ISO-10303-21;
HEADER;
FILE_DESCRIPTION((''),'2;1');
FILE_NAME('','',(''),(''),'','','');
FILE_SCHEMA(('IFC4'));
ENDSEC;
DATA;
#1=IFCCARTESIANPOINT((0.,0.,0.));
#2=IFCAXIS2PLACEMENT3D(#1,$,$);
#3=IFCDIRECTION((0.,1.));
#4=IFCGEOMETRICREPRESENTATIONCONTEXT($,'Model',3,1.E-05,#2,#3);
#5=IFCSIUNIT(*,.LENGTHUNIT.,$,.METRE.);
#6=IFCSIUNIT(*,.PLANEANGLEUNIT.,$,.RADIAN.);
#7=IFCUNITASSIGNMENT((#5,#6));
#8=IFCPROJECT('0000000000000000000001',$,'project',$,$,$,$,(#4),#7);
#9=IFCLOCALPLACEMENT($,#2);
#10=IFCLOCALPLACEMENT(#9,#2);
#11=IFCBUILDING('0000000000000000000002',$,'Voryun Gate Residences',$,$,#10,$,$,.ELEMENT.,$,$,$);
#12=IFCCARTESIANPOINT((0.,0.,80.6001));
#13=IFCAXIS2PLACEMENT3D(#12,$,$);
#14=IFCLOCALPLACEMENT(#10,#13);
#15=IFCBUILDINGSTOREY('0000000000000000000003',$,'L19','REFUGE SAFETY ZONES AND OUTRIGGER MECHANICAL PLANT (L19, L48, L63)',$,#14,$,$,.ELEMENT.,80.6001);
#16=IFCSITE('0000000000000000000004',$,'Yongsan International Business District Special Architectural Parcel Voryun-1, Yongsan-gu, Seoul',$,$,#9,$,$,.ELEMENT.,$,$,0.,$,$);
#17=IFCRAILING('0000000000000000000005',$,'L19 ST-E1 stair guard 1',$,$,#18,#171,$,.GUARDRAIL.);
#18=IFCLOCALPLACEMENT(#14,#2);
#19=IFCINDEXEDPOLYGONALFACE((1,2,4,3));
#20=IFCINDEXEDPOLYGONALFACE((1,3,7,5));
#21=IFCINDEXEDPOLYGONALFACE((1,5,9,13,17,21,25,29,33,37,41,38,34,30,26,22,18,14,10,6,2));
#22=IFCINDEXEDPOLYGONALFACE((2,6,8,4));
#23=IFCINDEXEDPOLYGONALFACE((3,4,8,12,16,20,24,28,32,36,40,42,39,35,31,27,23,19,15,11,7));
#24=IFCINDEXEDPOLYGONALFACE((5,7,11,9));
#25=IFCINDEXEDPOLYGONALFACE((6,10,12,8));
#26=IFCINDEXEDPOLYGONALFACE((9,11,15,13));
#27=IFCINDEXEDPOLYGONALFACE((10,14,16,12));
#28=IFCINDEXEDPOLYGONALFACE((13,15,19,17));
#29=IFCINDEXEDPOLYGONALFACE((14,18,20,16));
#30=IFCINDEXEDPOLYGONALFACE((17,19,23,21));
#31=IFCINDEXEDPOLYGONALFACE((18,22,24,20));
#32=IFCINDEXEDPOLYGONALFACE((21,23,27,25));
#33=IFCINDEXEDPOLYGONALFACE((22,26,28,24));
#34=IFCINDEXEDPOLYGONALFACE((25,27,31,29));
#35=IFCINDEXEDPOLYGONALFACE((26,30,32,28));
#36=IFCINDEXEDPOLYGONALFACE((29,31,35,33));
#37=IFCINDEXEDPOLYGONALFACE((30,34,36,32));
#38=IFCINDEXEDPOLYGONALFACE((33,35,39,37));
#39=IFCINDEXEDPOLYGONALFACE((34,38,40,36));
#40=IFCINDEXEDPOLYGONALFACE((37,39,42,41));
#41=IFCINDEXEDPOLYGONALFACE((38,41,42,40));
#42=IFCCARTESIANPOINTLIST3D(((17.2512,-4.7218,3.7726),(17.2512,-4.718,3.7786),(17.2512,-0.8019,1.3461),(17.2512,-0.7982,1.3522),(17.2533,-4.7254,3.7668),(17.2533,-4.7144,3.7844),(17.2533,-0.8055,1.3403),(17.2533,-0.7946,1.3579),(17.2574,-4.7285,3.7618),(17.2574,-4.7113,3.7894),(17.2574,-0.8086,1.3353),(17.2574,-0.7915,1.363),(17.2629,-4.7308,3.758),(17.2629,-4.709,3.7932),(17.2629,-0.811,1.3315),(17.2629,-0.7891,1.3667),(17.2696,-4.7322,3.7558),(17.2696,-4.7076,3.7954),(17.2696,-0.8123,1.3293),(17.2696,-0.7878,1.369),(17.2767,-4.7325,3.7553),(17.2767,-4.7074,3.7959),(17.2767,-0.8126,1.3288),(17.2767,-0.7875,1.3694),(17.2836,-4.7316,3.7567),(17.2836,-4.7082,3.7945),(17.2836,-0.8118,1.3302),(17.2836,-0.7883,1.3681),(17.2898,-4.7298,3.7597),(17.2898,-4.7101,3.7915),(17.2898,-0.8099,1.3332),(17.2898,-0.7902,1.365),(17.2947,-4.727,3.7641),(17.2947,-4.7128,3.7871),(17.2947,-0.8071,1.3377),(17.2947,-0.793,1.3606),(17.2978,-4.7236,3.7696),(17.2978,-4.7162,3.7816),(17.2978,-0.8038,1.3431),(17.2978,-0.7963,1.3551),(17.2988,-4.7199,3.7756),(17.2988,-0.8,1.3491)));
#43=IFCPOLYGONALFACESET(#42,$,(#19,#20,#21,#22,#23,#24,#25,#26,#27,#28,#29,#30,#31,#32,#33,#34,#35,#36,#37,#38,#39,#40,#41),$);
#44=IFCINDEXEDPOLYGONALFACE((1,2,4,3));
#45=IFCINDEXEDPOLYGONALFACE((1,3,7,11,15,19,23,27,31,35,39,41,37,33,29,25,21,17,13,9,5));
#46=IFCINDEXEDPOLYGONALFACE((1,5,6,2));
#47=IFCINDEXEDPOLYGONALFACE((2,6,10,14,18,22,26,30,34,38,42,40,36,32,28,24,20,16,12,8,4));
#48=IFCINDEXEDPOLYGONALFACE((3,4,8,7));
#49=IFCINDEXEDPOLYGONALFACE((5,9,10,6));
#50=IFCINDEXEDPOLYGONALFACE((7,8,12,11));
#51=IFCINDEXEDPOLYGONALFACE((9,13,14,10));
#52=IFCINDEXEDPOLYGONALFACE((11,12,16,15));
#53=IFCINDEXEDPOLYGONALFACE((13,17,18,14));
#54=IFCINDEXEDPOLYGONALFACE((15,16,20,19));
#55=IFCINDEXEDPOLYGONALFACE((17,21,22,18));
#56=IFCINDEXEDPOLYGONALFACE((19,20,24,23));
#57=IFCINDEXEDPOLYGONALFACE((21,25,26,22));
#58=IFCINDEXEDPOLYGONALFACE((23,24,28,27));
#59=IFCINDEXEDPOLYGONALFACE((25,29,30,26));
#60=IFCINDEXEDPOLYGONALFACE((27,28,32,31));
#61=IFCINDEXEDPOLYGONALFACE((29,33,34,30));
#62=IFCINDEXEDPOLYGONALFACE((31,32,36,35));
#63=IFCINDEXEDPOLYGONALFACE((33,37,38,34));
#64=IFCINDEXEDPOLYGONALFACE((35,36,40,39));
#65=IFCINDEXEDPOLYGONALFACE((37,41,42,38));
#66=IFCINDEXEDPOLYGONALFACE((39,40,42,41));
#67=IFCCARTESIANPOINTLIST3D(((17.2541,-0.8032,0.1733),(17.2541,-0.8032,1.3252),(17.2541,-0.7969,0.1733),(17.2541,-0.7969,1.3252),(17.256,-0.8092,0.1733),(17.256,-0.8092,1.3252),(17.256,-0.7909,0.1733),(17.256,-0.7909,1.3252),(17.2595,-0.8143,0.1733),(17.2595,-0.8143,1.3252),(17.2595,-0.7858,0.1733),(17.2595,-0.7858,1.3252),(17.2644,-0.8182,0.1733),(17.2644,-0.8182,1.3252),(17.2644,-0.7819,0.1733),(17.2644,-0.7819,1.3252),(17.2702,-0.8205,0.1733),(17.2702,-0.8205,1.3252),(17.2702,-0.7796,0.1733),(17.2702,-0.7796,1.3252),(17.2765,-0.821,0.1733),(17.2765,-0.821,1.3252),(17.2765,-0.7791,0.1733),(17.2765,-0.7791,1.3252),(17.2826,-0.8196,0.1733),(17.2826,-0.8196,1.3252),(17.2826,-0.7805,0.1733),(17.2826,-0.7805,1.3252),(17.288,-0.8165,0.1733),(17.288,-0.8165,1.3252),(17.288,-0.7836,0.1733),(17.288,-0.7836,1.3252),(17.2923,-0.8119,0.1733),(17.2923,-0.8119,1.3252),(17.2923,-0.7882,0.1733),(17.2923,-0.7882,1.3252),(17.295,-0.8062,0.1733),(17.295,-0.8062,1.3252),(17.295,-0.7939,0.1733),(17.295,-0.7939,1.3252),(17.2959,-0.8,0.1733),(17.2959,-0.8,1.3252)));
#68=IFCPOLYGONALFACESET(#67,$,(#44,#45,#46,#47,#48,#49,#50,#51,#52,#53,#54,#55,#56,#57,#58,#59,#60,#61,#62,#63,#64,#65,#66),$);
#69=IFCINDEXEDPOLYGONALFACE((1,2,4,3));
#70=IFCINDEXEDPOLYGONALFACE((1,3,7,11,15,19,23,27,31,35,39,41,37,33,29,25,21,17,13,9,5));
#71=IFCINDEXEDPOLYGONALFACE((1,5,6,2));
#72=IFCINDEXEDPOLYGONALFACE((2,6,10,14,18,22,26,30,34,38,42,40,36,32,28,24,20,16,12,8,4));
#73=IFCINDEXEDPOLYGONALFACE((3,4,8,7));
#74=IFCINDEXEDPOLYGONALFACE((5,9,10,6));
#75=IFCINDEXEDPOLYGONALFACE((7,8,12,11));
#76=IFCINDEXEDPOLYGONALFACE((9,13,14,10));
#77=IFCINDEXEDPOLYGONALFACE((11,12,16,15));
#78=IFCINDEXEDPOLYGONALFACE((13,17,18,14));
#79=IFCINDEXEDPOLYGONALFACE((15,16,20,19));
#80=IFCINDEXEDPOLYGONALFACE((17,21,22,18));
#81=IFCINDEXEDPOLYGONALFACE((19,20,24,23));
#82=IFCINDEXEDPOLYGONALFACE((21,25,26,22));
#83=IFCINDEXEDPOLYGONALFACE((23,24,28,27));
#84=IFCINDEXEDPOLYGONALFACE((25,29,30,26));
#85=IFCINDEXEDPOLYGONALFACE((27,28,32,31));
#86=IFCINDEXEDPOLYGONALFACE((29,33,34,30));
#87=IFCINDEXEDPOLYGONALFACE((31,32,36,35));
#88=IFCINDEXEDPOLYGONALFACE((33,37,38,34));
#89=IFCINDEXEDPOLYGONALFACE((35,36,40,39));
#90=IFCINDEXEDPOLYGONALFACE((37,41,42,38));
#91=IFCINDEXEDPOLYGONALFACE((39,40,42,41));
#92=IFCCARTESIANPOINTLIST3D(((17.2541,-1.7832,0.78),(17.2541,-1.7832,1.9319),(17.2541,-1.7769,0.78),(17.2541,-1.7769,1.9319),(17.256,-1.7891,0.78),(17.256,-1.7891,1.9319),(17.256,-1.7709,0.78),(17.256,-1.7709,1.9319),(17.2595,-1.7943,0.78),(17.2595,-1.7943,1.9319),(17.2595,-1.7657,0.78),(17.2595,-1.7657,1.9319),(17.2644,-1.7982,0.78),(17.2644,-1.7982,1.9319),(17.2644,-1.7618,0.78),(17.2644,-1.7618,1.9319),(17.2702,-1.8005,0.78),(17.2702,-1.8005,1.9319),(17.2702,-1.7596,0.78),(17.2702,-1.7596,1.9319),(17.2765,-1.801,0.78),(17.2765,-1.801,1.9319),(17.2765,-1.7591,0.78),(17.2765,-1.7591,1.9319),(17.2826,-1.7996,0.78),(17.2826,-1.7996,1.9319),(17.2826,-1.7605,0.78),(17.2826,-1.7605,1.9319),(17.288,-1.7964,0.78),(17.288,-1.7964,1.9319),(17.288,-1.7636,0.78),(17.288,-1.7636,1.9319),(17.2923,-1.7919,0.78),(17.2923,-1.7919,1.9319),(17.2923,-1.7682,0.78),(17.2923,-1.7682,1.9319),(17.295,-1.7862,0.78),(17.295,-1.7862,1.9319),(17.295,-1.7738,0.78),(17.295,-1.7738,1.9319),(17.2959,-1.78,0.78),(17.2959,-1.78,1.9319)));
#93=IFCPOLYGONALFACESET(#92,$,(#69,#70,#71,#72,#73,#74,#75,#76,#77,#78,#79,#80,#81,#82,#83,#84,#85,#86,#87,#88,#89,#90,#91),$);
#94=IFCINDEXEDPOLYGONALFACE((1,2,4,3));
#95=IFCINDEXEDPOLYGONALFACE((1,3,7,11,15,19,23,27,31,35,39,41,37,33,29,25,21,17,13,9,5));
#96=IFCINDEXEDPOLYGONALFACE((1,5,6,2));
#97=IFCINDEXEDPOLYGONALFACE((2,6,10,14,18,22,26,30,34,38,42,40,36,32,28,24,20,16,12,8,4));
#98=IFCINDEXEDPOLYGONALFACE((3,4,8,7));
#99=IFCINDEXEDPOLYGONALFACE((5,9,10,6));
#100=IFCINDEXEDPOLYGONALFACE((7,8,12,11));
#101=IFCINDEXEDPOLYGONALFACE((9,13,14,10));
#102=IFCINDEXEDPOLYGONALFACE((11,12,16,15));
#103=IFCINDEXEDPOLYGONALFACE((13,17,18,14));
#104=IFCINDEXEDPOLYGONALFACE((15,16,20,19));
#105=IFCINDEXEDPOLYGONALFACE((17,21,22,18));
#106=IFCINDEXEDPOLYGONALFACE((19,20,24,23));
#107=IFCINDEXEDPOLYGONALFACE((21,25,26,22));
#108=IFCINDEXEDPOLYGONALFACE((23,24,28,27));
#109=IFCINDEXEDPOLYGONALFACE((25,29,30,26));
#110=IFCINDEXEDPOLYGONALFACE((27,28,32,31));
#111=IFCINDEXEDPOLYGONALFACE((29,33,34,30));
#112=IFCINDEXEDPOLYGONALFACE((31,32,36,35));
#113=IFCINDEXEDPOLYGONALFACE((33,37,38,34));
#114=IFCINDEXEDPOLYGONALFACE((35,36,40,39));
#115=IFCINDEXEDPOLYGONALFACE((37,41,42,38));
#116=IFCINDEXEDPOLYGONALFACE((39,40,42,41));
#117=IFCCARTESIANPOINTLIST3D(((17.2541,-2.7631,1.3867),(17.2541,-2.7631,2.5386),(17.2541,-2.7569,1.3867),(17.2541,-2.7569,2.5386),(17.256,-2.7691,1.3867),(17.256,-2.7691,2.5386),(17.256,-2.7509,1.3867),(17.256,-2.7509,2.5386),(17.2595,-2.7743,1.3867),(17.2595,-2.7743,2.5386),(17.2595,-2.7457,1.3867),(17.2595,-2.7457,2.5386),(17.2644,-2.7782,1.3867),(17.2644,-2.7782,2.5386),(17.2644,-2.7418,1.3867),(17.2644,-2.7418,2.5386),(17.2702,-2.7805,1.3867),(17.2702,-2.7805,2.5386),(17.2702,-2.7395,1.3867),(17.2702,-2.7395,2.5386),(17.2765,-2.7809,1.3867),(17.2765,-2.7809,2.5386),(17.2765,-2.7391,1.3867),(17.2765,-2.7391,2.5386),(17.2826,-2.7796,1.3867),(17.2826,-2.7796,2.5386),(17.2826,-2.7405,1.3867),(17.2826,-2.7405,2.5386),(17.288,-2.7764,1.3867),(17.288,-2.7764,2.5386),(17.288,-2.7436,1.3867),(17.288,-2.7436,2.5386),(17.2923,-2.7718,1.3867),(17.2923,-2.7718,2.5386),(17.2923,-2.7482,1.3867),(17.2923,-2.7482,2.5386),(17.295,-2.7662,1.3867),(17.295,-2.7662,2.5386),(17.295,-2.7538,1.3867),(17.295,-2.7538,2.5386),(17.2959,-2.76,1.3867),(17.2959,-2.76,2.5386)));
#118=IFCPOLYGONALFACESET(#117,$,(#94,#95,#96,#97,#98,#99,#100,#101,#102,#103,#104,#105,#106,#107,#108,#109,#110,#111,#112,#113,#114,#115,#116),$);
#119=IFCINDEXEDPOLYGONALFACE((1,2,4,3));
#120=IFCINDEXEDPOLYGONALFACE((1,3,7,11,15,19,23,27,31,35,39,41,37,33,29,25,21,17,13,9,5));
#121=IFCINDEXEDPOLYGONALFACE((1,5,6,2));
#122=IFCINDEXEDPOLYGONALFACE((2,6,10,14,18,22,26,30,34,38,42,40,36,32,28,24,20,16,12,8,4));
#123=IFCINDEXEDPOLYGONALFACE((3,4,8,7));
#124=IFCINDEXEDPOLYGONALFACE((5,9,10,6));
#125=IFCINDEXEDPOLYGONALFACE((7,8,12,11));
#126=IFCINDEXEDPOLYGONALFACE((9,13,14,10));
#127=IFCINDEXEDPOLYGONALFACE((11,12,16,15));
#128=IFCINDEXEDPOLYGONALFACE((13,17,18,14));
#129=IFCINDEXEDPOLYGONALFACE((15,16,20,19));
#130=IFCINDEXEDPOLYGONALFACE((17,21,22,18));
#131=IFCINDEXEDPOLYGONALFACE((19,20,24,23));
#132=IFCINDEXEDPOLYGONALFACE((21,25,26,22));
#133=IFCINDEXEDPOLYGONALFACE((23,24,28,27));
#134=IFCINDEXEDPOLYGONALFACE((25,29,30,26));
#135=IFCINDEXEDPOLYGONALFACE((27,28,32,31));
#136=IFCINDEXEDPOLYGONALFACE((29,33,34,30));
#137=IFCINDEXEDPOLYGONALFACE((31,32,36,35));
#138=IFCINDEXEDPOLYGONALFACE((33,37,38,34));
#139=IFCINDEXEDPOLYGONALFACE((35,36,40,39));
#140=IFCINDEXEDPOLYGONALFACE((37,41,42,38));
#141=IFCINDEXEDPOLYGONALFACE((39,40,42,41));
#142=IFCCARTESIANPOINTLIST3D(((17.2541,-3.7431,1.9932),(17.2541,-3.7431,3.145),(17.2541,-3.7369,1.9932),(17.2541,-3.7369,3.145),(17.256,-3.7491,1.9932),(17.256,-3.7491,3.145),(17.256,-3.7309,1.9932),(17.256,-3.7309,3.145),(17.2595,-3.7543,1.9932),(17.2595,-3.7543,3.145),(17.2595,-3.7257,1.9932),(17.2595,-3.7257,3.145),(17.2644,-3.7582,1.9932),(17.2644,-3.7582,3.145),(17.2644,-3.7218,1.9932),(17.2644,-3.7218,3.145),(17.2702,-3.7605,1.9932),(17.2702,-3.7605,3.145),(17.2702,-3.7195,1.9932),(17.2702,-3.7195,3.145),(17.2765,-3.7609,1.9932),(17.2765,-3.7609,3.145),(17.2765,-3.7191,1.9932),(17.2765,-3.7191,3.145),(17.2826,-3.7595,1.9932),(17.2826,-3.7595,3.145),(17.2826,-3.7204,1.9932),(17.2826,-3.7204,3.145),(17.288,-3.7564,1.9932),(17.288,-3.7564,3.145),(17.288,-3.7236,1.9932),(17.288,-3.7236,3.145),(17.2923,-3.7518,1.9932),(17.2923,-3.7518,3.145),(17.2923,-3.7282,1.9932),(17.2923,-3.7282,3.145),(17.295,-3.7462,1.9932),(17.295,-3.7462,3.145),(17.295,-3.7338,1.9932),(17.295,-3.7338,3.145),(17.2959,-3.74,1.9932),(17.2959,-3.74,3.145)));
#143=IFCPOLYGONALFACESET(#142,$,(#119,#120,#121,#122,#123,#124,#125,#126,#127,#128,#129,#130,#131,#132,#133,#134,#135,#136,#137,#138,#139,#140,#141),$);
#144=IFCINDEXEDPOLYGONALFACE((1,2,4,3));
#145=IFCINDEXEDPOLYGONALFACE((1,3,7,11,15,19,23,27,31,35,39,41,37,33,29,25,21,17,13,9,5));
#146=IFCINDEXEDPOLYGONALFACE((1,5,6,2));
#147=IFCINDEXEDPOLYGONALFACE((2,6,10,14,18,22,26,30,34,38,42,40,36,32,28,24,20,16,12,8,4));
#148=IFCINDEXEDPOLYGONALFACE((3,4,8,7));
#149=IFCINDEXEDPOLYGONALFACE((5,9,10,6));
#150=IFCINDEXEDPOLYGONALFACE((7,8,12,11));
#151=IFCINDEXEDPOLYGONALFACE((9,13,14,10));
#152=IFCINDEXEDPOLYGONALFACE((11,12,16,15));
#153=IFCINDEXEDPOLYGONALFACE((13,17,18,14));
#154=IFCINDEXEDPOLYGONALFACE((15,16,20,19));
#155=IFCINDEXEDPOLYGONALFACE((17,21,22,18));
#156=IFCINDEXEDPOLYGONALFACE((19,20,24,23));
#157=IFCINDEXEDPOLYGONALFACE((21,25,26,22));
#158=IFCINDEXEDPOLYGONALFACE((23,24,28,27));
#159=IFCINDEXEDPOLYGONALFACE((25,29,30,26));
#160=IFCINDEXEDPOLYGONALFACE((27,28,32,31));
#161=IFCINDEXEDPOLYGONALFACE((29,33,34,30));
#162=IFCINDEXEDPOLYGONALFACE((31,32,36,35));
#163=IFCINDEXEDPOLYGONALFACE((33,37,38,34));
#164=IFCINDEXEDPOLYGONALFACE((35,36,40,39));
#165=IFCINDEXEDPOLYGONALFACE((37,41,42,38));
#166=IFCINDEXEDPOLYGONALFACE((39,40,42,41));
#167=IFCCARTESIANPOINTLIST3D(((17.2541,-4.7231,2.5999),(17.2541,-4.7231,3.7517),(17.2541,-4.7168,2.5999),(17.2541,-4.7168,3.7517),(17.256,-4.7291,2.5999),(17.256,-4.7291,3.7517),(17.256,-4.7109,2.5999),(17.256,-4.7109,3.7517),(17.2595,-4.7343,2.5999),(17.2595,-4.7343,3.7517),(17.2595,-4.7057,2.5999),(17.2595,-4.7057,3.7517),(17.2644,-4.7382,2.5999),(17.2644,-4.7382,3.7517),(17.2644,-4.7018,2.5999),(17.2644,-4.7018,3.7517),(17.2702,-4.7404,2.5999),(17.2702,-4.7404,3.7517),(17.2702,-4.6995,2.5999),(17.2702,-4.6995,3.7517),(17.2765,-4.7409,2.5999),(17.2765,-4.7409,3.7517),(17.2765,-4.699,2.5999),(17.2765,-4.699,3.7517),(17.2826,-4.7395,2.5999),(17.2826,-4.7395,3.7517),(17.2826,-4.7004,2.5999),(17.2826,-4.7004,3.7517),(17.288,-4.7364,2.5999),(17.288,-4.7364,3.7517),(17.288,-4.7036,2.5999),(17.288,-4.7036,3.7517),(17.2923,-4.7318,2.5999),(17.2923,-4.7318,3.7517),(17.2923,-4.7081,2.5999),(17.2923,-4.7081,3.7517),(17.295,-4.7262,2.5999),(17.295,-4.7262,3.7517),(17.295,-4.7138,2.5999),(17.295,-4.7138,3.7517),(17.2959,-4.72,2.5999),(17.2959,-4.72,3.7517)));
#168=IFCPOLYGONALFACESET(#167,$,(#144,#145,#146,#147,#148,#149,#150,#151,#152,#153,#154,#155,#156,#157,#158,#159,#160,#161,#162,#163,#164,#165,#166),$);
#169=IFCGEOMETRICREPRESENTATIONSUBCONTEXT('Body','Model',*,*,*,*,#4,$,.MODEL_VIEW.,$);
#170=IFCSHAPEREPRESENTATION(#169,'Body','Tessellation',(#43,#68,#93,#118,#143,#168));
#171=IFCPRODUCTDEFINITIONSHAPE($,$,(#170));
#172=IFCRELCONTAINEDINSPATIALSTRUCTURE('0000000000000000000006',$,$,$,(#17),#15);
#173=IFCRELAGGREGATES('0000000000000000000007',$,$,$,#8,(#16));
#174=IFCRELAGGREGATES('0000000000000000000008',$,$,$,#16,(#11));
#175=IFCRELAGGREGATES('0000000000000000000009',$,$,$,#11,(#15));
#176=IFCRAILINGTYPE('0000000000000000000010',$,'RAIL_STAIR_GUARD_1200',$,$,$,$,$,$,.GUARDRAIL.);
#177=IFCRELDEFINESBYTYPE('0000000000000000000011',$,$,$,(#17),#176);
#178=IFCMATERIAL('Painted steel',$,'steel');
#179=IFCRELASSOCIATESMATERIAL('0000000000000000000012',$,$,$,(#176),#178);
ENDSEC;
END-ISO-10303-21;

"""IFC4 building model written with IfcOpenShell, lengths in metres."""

from ifc_helpers import new_model, si_unit, direction, frame, origin, origin_2d, place, context, subcontext, project, spatial, circle, extrude, material, type_object, element, save


model = new_model("IFC4")

# Units and contexts
model_context = context("Model", 3, precision=1e-05, world=origin(), true_north=direction((0.0, 1.0)))
body_context = subcontext(model_context, "Body", "Model", "MODEL_VIEW")
ifc_project = project(units=[si_unit("LENGTHUNIT", "METRE"), si_unit("PLANEANGLEUNIT", "RADIAN")], contexts=[model_context])

# Site, building, storey
site_placement = place(None, origin())
site = spatial("IfcSite", under=ifc_project, at=site_placement, Name="Yongsan International Business District Special Architectural Parcel Voryun-1, Yongsan-gu, Seoul", CompositionType="ELEMENT", RefElevation=0.0)
building_placement = place(site_placement, origin())
building = spatial("IfcBuilding", under=site, at=building_placement, Name="Voryun Gate Residences", CompositionType="ELEMENT")
storey_placement = place(building_placement, frame((0.0, 0.0, 80.6001)))
storey = spatial("IfcBuildingStorey", under=building, at=storey_placement, Name="L19", Description="REFUGE SAFETY ZONES AND OUTRIGGER MECHANICAL PLANT (L19, L48, L63)", CompositionType="ELEMENT", Elevation=80.6001)

# Railing
ifc_material_1 = material(Name="Painted steel", Category="steel")
railing_type_1 = type_object("IfcRailingType", Name="RAIL_STAIR_GUARD_1200", PredefinedType="GUARDRAIL", material=ifc_material_1)
railing_1_placement = place(storey_placement, frame((17.2749, -0.8, 0.1733)))
element("IfcRailing", 1, at=railing_1_placement, inside=storey, type_object=railing_type_1, Name="L19 ST-E1 stair guard 1", PredefinedType="GUARDRAIL", context=body_context, shape_type="SweptSolid", body=[
    extrude(circle(Radius=0.0239, at=origin_2d()), frame((0.0, 0.0, 1.1758), z_axis=(0.0, -0.850275, 0.526338), x_axis=(1.0, 0.0, 0.0)), (0.0, 0.0, 1.0), 4.6101),
    extrude(circle(Radius=0.021, at=origin_2d()), origin(), (0.0, 0.0, 1.0), 1.1519),
    extrude(circle(Radius=0.021, at=origin_2d()), frame((0.0, -0.98, 0.6067)), (0.0, 0.0, 1.0), 1.1519),
    extrude(circle(Radius=0.021, at=origin_2d()), frame((0.0, -1.96, 1.2134)), (0.0, 0.0, 1.0), 1.1519),
    extrude(circle(Radius=0.021, at=origin_2d()), frame((0.0, -2.9399, 1.8198)), (0.0, 0.0, 1.0), 1.1519),
    extrude(circle(Radius=0.021, at=origin_2d()), frame((0.0, -3.9199, 2.4265)), (0.0, 0.0, 1.0), 1.1519),
])

save(model, "model.ifc")
